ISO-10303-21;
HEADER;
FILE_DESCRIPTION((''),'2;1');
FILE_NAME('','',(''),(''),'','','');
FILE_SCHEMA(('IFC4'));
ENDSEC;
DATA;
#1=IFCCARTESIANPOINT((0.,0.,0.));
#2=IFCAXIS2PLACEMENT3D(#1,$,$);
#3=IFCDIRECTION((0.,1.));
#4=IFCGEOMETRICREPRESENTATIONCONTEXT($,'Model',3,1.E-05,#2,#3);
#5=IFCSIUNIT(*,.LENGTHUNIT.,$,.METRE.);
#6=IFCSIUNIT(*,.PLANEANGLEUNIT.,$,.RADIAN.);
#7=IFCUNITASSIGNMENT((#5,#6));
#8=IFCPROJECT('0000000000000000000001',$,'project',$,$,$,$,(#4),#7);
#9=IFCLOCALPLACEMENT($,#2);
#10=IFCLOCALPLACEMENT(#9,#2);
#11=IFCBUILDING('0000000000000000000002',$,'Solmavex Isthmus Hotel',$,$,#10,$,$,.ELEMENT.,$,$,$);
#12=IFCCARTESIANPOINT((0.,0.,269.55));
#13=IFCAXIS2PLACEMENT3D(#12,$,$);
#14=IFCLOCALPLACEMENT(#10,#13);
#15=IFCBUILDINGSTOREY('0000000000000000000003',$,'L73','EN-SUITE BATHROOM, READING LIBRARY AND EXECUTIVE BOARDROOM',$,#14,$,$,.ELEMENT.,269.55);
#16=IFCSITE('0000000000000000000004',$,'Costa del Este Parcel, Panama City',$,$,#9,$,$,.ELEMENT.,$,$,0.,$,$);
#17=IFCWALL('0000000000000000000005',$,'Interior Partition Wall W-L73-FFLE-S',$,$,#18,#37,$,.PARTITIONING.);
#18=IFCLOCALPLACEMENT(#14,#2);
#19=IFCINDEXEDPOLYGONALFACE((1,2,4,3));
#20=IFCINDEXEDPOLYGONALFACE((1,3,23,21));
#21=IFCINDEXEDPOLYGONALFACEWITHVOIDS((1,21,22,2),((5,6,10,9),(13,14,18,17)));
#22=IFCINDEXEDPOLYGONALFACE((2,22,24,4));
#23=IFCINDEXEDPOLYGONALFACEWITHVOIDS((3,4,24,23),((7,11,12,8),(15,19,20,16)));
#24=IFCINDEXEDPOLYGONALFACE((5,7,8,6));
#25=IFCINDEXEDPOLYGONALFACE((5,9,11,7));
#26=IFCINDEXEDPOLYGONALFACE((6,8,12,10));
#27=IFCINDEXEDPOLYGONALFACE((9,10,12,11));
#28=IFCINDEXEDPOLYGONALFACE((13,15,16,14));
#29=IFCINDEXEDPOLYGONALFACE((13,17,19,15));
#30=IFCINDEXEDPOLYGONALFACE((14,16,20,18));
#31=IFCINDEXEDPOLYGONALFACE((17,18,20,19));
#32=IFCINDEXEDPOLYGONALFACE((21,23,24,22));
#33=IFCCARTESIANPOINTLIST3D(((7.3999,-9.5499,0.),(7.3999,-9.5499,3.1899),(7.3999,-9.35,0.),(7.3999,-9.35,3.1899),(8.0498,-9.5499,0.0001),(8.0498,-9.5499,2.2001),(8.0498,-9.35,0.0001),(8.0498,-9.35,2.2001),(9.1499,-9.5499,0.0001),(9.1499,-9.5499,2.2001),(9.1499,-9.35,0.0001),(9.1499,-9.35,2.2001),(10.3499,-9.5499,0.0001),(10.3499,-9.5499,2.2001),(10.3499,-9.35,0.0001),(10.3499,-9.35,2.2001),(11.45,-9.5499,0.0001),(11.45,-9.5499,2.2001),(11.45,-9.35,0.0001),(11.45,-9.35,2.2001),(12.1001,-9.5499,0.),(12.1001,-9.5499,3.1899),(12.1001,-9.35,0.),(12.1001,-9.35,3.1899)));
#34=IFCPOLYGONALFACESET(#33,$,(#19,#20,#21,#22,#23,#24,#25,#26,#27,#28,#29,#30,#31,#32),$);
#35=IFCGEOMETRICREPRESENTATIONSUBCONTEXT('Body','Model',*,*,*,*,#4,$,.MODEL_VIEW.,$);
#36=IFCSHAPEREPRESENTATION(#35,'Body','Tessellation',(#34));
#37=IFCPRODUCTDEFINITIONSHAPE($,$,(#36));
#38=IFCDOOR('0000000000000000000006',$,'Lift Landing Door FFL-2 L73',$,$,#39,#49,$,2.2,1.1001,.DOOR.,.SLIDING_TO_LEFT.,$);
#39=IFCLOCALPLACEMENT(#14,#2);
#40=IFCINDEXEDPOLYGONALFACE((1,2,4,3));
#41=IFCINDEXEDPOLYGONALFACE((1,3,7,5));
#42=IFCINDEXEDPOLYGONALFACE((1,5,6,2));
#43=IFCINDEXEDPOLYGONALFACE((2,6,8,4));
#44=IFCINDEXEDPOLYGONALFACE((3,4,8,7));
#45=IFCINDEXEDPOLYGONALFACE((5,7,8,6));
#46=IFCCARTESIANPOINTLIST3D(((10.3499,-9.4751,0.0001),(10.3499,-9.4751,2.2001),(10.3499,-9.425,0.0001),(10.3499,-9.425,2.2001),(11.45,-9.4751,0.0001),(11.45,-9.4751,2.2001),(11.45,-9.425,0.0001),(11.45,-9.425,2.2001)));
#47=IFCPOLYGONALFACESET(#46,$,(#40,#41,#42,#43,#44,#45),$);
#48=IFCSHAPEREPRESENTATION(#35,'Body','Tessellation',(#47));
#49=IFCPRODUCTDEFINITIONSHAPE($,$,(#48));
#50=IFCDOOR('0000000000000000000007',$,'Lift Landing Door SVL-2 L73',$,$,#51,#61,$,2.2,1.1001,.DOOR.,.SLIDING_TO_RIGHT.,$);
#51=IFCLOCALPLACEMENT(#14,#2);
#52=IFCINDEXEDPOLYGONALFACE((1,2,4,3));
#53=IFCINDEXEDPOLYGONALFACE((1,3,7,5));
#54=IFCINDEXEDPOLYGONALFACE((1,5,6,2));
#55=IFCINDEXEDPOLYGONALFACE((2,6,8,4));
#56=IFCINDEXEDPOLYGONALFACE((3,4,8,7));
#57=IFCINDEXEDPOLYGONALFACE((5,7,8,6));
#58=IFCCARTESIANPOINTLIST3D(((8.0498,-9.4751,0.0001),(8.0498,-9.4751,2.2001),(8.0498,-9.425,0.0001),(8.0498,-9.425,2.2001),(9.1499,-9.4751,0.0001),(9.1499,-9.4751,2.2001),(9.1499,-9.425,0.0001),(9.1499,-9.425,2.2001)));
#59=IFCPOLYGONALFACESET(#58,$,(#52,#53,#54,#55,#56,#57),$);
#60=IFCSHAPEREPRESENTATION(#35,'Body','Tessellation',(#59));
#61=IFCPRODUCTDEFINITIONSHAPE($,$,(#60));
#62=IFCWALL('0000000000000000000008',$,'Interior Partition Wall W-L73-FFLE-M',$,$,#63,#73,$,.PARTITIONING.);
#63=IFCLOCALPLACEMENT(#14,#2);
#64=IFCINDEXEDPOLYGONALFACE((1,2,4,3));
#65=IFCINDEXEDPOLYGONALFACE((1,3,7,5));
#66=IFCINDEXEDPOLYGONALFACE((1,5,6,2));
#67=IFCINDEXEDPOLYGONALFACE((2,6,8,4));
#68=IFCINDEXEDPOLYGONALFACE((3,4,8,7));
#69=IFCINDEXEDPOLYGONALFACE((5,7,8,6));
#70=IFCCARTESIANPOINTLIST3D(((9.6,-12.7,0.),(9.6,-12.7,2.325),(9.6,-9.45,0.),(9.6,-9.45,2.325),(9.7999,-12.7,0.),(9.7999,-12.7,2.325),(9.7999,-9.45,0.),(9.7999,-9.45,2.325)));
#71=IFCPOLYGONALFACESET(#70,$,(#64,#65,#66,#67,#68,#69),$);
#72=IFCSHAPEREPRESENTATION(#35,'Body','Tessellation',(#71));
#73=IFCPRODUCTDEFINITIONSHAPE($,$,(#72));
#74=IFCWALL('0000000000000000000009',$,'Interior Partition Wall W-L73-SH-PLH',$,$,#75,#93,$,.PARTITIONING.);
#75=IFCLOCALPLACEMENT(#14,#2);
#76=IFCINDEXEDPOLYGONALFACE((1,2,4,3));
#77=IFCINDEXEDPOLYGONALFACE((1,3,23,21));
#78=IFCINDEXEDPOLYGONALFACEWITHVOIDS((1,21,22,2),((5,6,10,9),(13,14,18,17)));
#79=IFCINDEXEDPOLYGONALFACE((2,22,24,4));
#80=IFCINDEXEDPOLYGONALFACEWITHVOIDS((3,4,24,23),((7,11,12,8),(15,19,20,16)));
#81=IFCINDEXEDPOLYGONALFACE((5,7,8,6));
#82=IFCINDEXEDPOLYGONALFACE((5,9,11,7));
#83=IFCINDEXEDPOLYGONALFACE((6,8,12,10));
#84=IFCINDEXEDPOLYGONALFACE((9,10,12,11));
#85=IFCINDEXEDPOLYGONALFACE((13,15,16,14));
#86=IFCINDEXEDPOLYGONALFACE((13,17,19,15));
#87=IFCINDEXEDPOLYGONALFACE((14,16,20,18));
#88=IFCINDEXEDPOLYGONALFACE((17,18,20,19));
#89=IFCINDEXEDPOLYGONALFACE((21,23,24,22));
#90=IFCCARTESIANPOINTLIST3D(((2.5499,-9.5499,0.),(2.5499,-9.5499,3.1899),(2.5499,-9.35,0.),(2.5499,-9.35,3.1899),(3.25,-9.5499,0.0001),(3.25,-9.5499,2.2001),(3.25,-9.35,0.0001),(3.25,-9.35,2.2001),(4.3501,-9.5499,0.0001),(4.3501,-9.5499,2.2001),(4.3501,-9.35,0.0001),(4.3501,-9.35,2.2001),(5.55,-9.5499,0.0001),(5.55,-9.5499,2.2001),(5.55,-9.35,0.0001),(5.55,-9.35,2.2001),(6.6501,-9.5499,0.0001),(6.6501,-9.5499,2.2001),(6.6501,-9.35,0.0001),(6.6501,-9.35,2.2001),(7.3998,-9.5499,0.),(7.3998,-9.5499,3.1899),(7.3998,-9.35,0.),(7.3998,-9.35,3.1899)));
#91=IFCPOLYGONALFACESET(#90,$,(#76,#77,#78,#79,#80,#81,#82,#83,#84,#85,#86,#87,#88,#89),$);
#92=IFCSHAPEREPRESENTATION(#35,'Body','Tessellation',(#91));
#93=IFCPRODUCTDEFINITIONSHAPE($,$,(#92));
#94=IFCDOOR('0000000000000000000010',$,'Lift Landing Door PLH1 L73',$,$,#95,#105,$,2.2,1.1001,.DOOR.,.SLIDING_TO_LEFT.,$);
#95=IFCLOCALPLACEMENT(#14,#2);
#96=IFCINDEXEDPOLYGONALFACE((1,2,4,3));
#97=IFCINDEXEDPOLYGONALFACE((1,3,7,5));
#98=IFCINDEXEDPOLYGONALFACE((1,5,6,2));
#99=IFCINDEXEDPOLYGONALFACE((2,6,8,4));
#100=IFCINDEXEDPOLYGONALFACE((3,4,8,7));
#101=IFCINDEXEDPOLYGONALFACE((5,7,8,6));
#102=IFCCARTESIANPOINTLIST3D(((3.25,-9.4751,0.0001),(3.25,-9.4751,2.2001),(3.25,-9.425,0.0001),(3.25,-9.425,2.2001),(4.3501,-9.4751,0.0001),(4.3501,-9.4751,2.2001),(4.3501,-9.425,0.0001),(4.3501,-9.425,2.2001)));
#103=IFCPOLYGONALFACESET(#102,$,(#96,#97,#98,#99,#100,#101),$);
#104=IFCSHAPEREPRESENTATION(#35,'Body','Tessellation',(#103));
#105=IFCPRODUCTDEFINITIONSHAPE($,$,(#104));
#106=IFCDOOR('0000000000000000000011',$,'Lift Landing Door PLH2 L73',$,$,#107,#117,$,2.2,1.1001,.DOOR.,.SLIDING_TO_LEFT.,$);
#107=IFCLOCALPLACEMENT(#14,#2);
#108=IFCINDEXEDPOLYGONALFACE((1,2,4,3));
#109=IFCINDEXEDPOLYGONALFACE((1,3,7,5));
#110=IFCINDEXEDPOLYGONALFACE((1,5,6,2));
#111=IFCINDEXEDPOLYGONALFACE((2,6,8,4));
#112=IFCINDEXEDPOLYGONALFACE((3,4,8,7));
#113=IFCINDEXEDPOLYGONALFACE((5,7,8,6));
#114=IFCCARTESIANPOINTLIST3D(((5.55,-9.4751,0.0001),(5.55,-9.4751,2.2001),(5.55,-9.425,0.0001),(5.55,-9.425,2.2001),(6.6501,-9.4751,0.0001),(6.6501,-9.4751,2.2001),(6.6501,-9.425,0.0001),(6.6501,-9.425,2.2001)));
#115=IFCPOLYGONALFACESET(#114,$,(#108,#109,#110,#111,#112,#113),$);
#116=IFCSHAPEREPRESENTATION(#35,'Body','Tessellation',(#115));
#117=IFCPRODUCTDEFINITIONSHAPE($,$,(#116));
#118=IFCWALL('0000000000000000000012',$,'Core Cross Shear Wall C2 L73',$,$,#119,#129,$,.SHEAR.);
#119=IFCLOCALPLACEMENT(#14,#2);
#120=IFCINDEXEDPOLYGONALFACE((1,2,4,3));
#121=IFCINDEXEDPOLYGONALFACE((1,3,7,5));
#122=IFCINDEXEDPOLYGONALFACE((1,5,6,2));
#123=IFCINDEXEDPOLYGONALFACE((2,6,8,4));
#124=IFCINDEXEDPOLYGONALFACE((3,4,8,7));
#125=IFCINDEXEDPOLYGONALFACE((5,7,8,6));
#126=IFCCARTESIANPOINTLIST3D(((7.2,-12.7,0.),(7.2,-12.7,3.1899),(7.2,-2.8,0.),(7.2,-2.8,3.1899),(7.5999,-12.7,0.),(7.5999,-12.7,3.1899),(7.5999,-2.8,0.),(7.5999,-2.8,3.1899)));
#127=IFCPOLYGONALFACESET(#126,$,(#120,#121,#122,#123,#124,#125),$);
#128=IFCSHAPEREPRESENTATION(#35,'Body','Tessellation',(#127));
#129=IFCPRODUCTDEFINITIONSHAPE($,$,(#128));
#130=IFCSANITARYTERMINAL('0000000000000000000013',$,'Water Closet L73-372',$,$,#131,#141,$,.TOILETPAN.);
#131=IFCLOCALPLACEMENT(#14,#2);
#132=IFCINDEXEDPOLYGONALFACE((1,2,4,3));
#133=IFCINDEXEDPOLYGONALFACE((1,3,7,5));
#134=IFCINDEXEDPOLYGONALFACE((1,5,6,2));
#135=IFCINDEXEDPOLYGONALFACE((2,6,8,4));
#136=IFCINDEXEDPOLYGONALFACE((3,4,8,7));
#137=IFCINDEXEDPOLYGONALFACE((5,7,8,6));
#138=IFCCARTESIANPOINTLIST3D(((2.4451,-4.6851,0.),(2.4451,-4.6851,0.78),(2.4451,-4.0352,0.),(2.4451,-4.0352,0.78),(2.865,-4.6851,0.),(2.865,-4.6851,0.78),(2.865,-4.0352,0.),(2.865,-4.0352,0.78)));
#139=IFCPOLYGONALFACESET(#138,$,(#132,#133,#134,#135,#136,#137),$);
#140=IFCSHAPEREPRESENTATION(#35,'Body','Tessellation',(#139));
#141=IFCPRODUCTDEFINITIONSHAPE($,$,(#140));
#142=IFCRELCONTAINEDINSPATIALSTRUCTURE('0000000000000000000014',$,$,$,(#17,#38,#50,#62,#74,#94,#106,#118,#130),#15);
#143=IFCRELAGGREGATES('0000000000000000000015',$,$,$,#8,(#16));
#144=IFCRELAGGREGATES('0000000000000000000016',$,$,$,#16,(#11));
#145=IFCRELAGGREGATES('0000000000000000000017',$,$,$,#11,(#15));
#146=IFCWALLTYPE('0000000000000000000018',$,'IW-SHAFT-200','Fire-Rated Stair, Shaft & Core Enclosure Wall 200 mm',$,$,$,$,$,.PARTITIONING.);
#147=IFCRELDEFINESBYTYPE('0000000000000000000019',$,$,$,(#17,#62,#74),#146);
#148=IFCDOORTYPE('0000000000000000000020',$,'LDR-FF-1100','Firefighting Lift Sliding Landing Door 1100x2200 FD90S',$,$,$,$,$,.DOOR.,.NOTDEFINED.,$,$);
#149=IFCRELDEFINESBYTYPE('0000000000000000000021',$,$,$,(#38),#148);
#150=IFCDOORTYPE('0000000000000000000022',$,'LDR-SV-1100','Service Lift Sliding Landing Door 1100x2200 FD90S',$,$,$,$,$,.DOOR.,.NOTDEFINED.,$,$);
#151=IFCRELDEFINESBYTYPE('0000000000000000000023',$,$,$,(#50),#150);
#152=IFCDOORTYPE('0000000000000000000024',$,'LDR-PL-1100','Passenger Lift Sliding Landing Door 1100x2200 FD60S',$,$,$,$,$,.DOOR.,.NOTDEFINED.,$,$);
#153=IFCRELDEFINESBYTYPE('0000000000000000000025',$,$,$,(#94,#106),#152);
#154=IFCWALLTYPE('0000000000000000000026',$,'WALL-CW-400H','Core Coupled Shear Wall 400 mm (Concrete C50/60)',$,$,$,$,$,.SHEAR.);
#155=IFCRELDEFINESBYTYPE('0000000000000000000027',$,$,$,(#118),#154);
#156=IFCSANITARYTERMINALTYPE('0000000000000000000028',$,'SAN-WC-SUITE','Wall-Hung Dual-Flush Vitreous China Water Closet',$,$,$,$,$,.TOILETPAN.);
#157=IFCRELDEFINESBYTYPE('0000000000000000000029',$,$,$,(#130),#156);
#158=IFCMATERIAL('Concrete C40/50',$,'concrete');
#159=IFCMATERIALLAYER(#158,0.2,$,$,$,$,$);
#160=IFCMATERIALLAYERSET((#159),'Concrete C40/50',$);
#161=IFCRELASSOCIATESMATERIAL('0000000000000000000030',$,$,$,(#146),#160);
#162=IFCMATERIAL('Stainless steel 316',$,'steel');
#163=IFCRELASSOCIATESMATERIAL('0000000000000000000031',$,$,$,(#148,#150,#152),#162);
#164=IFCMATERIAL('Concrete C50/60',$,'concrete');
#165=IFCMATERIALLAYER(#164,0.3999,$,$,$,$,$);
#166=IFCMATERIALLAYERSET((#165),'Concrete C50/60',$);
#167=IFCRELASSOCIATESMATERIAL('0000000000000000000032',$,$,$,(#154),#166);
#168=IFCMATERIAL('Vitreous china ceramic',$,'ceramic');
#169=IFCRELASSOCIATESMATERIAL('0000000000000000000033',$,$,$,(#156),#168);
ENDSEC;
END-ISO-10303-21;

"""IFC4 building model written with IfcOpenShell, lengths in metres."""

from ifc_helpers import new_model, si_unit, direction, frame, frame_2d, origin, origin_2d, place, context, subcontext, project, spatial, rectangle, extrude, material, layer, layer_set, type_object, element, fill, save


model = new_model("IFC4")

# Units and contexts
model_context = context("Model", 3, precision=1e-05, world=origin(), true_north=direction((0.0, 1.0)))
body_context = subcontext(model_context, "Body", "Model", "MODEL_VIEW")
ifc_project = project(units=[si_unit("LENGTHUNIT", "METRE"), si_unit("PLANEANGLEUNIT", "RADIAN")], contexts=[model_context])

# Site, building, storey
site_placement = place(None, origin())
site = spatial("IfcSite", under=ifc_project, at=site_placement, Name="Costa del Este Parcel, Panama City", CompositionType="ELEMENT", RefElevation=0.0)
building_placement = place(site_placement, origin())
building = spatial("IfcBuilding", under=site, at=building_placement, Name="Solmavex Isthmus Hotel", CompositionType="ELEMENT")
storey_placement = place(building_placement, frame((0.0, 0.0, 269.55)))
storey = spatial("IfcBuildingStorey", under=building, at=storey_placement, Name="L73", Description="EN-SUITE BATHROOM, READING LIBRARY AND EXECUTIVE BOARDROOM", CompositionType="ELEMENT", Elevation=269.55)

# Shared definitions
ifc_material_1 = material(Name="Concrete C50/60", Category="concrete")

# Shared definitions
ifc_material_2 = material(Name="Concrete C40/50", Category="concrete")

# Wall, openings, doors
ifc_layer_1 = layer(ifc_material_2, 0.2)
ifc_layer_set_1 = layer_set([ifc_layer_1], Name="Concrete C40/50")
wall_type_1 = type_object("IfcWallType", Name="IW-SHAFT-200", Description="Fire-Rated Stair, Shaft & Core Enclosure Wall 200 mm", PredefinedType="PARTITIONING", material=ifc_layer_set_1)
wall_1_placement = place(storey_placement, frame((7.3999, -9.45, 0.0), z_axis=(0.0, 0.0, 1.0), x_axis=(1.0, 0.0, 0.0)))
wall_1 = element("IfcWall", 1, at=wall_1_placement, inside=storey, type_object=wall_type_1, Name="Interior Partition Wall W-L73-FFLE-S", PredefinedType="PARTITIONING", context=body_context, shape_type="SweptSolid", body=[
    extrude(rectangle(XDim=4.7002, YDim=0.2, at=frame_2d((2.3501, 0.0))), origin(), (0.0, 0.0, 1.0), 3.1899),
])
opening_1_placement = place(wall_1_placement, frame((2.95, 0.0, 0.0)))
opening_1 = element("IfcOpeningElement", 2, at=opening_1_placement, cuts=wall_1, PredefinedType="OPENING", context=body_context, shape_type="SweptSolid", body=[
    extrude(rectangle(XDim=1.1001, YDim=2.2, at=frame_2d((0.55, 1.1001))), frame((0.0, 0.1099, 0.0), z_axis=(0.0, -1.0, 0.0), x_axis=(1.0, 0.0, 0.0)), (0.0, 0.0, 1.0), 0.22),
])
opening_2_placement = place(wall_1_placement, frame((0.6499, 0.0, 0.0)))
opening_2 = element("IfcOpeningElement", 3, at=opening_2_placement, cuts=wall_1, PredefinedType="OPENING", context=body_context, shape_type="SweptSolid", body=[
    extrude(rectangle(XDim=1.1001, YDim=2.2, at=frame_2d((0.55, 1.1001))), frame((0.0, 0.1099, 0.0), z_axis=(0.0, -1.0, 0.0), x_axis=(1.0, 0.0, 0.0)), (0.0, 0.0, 1.0), 0.22),
])
ifc_material_3 = material(Name="Stainless steel 316", Category="steel")
door_type_1 = type_object("IfcDoorType", Name="LDR-FF-1100", Description="Firefighting Lift Sliding Landing Door 1100x2200 FD90S", OperationType="NOTDEFINED", PredefinedType="DOOR", material=ifc_material_3)
door_1_placement = place(opening_1_placement, origin())
door_1 = element("IfcDoor", 4, at=door_1_placement, inside=storey, type_object=door_type_1, Name="Lift Landing Door FFL-2 L73", OperationType="SLIDING_TO_LEFT", OverallHeight=2.2, OverallWidth=1.1001, PredefinedType="DOOR", context=body_context, shape_type="SweptSolid", body=[
    extrude(rectangle(XDim=1.1001, YDim=2.2, at=frame_2d((0.55, 1.1001))), frame((0.0, 0.0249, 0.0), z_axis=(0.0, -1.0, 0.0), x_axis=(1.0, 0.0, 0.0)), (0.0, 0.0, 1.0), 0.05),
])
fill(opening_1, door_1)
door_type_2 = type_object("IfcDoorType", Name="LDR-SV-1100", Description="Service Lift Sliding Landing Door 1100x2200 FD90S", OperationType="NOTDEFINED", PredefinedType="DOOR", material=ifc_material_3)
door_2_placement = place(opening_2_placement, origin())
door_2 = element("IfcDoor", 5, at=door_2_placement, inside=storey, type_object=door_type_2, Name="Lift Landing Door SVL-2 L73", OperationType="SLIDING_TO_RIGHT", OverallHeight=2.2, OverallWidth=1.1001, PredefinedType="DOOR", context=body_context, shape_type="SweptSolid", body=[
    extrude(rectangle(XDim=1.1001, YDim=2.2, at=frame_2d((0.55, 1.1001))), frame((0.0, 0.0249, 0.0), z_axis=(0.0, -1.0, 0.0), x_axis=(1.0, 0.0, 0.0)), (0.0, 0.0, 1.0), 0.05),
])
fill(opening_2, door_2)

# Wall
wall_2_placement = place(storey_placement, frame((9.7, -12.7, 0.0), z_axis=(0.0, 0.0, 1.0), x_axis=(0.0, 1.0, 0.0)))
element("IfcWall", 6, at=wall_2_placement, inside=storey, type_object=wall_type_1, Name="Interior Partition Wall W-L73-FFLE-M", PredefinedType="PARTITIONING", context=body_context, shape_type="SweptSolid", body=[
    extrude(rectangle(XDim=3.25, YDim=0.2, at=frame_2d((1.625, 0.0))), origin(), (0.0, 0.0, 1.0), 2.325),
])

# Wall, openings, doors
wall_3_placement = place(storey_placement, frame((2.55, -9.45, 0.0), z_axis=(0.0, 0.0, 1.0), x_axis=(1.0, 0.0, 0.0)))
wall_3 = element("IfcWall", 7, at=wall_3_placement, inside=storey, type_object=wall_type_1, Name="Interior Partition Wall W-L73-SH-PLH", PredefinedType="PARTITIONING", context=body_context, shape_type="SweptSolid", body=[
    extrude(rectangle(XDim=4.8499, YDim=0.2, at=frame_2d((2.4248, 0.0))), origin(), (0.0, 0.0, 1.0), 3.1899),
])
opening_3_placement = place(wall_3_placement, frame((0.7, 0.0, 0.0)))
opening_3 = element("IfcOpeningElement", 8, at=opening_3_placement, cuts=wall_3, PredefinedType="OPENING", context=body_context, shape_type="SweptSolid", body=[
    extrude(rectangle(XDim=1.1001, YDim=2.2, at=frame_2d((0.55, 1.1001))), frame((0.0, 0.1099, 0.0), z_axis=(0.0, -1.0, 0.0), x_axis=(1.0, 0.0, 0.0)), (0.0, 0.0, 1.0), 0.22),
])
opening_4_placement = place(wall_3_placement, frame((3.0, 0.0, 0.0)))
opening_4 = element("IfcOpeningElement", 9, at=opening_4_placement, cuts=wall_3, PredefinedType="OPENING", context=body_context, shape_type="SweptSolid", body=[
    extrude(rectangle(XDim=1.1001, YDim=2.2, at=frame_2d((0.55, 1.1001))), frame((0.0, 0.1099, 0.0), z_axis=(0.0, -1.0, 0.0), x_axis=(1.0, 0.0, 0.0)), (0.0, 0.0, 1.0), 0.22),
])
door_type_3 = type_object("IfcDoorType", Name="LDR-PL-1100", Description="Passenger Lift Sliding Landing Door 1100x2200 FD60S", OperationType="NOTDEFINED", PredefinedType="DOOR", material=ifc_material_3)
door_3_placement = place(opening_3_placement, origin())
door_3 = element("IfcDoor", 10, at=door_3_placement, inside=storey, type_object=door_type_3, Name="Lift Landing Door PLH1 L73", OperationType="SLIDING_TO_LEFT", OverallHeight=2.2, OverallWidth=1.1001, PredefinedType="DOOR", context=body_context, shape_type="SweptSolid", body=[
    extrude(rectangle(XDim=1.1001, YDim=2.2, at=frame_2d((0.55, 1.1001))), frame((0.0, 0.0249, 0.0), z_axis=(0.0, -1.0, 0.0), x_axis=(1.0, 0.0, 0.0)), (0.0, 0.0, 1.0), 0.05),
])
fill(opening_3, door_3)
door_4_placement = place(opening_4_placement, origin())
door_4 = element("IfcDoor", 11, at=door_4_placement, inside=storey, type_object=door_type_3, Name="Lift Landing Door PLH2 L73", OperationType="SLIDING_TO_LEFT", OverallHeight=2.2, OverallWidth=1.1001, PredefinedType="DOOR", context=body_context, shape_type="SweptSolid", body=[
    extrude(rectangle(XDim=1.1001, YDim=2.2, at=frame_2d((0.55, 1.1001))), frame((0.0, 0.0249, 0.0), z_axis=(0.0, -1.0, 0.0), x_axis=(1.0, 0.0, 0.0)), (0.0, 0.0, 1.0), 0.05),
])
fill(opening_4, door_4)

# Wall
ifc_layer_2 = layer(ifc_material_1, 0.3999)
ifc_layer_set_2 = layer_set([ifc_layer_2], Name="Concrete C50/60")
wall_type_2 = type_object("IfcWallType", Name="WALL-CW-400H", Description="Core Coupled Shear Wall 400 mm (Concrete C50/60)", PredefinedType="SHEAR", material=ifc_layer_set_2)
wall_4_placement = place(storey_placement, frame((7.3999, -12.7, 0.0), z_axis=(0.0, 0.0, 1.0), x_axis=(0.0, 1.0, 0.0)))
element("IfcWall", 12, at=wall_4_placement, inside=storey, type_object=wall_type_2, Name="Core Cross Shear Wall C2 L73", PredefinedType="SHEAR", context=body_context, shape_type="SweptSolid", body=[
    extrude(rectangle(XDim=9.8999, YDim=0.3999, at=frame_2d((4.95, 0.0))), origin(), (0.0, 0.0, 1.0), 3.1899),
])

# Sanitary terminal
ifc_material_4 = material(Name="Vitreous china ceramic", Category="ceramic")
sanitary_terminal_type = type_object("IfcSanitaryTerminalType", Name="SAN-WC-SUITE", Description="Wall-Hung Dual-Flush Vitreous China Water Closet", PredefinedType="TOILETPAN", material=ifc_material_4)
sanitary_terminal_placement = place(storey_placement, frame((2.655, -4.3601, 0.0), z_axis=(0.0, 0.0, 1.0), x_axis=(1.0, 0.0, 0.0)))
element("IfcSanitaryTerminal", 13, at=sanitary_terminal_placement, inside=storey, type_object=sanitary_terminal_type, Name="Water Closet L73-372", PredefinedType="TOILETPAN", context=body_context, shape_type="SweptSolid", body=[
    extrude(rectangle(XDim=0.4199, YDim=0.6499, at=origin_2d()), origin(), (0.0, 0.0, 1.0), 0.78),
])

save(model, "model.ifc")
